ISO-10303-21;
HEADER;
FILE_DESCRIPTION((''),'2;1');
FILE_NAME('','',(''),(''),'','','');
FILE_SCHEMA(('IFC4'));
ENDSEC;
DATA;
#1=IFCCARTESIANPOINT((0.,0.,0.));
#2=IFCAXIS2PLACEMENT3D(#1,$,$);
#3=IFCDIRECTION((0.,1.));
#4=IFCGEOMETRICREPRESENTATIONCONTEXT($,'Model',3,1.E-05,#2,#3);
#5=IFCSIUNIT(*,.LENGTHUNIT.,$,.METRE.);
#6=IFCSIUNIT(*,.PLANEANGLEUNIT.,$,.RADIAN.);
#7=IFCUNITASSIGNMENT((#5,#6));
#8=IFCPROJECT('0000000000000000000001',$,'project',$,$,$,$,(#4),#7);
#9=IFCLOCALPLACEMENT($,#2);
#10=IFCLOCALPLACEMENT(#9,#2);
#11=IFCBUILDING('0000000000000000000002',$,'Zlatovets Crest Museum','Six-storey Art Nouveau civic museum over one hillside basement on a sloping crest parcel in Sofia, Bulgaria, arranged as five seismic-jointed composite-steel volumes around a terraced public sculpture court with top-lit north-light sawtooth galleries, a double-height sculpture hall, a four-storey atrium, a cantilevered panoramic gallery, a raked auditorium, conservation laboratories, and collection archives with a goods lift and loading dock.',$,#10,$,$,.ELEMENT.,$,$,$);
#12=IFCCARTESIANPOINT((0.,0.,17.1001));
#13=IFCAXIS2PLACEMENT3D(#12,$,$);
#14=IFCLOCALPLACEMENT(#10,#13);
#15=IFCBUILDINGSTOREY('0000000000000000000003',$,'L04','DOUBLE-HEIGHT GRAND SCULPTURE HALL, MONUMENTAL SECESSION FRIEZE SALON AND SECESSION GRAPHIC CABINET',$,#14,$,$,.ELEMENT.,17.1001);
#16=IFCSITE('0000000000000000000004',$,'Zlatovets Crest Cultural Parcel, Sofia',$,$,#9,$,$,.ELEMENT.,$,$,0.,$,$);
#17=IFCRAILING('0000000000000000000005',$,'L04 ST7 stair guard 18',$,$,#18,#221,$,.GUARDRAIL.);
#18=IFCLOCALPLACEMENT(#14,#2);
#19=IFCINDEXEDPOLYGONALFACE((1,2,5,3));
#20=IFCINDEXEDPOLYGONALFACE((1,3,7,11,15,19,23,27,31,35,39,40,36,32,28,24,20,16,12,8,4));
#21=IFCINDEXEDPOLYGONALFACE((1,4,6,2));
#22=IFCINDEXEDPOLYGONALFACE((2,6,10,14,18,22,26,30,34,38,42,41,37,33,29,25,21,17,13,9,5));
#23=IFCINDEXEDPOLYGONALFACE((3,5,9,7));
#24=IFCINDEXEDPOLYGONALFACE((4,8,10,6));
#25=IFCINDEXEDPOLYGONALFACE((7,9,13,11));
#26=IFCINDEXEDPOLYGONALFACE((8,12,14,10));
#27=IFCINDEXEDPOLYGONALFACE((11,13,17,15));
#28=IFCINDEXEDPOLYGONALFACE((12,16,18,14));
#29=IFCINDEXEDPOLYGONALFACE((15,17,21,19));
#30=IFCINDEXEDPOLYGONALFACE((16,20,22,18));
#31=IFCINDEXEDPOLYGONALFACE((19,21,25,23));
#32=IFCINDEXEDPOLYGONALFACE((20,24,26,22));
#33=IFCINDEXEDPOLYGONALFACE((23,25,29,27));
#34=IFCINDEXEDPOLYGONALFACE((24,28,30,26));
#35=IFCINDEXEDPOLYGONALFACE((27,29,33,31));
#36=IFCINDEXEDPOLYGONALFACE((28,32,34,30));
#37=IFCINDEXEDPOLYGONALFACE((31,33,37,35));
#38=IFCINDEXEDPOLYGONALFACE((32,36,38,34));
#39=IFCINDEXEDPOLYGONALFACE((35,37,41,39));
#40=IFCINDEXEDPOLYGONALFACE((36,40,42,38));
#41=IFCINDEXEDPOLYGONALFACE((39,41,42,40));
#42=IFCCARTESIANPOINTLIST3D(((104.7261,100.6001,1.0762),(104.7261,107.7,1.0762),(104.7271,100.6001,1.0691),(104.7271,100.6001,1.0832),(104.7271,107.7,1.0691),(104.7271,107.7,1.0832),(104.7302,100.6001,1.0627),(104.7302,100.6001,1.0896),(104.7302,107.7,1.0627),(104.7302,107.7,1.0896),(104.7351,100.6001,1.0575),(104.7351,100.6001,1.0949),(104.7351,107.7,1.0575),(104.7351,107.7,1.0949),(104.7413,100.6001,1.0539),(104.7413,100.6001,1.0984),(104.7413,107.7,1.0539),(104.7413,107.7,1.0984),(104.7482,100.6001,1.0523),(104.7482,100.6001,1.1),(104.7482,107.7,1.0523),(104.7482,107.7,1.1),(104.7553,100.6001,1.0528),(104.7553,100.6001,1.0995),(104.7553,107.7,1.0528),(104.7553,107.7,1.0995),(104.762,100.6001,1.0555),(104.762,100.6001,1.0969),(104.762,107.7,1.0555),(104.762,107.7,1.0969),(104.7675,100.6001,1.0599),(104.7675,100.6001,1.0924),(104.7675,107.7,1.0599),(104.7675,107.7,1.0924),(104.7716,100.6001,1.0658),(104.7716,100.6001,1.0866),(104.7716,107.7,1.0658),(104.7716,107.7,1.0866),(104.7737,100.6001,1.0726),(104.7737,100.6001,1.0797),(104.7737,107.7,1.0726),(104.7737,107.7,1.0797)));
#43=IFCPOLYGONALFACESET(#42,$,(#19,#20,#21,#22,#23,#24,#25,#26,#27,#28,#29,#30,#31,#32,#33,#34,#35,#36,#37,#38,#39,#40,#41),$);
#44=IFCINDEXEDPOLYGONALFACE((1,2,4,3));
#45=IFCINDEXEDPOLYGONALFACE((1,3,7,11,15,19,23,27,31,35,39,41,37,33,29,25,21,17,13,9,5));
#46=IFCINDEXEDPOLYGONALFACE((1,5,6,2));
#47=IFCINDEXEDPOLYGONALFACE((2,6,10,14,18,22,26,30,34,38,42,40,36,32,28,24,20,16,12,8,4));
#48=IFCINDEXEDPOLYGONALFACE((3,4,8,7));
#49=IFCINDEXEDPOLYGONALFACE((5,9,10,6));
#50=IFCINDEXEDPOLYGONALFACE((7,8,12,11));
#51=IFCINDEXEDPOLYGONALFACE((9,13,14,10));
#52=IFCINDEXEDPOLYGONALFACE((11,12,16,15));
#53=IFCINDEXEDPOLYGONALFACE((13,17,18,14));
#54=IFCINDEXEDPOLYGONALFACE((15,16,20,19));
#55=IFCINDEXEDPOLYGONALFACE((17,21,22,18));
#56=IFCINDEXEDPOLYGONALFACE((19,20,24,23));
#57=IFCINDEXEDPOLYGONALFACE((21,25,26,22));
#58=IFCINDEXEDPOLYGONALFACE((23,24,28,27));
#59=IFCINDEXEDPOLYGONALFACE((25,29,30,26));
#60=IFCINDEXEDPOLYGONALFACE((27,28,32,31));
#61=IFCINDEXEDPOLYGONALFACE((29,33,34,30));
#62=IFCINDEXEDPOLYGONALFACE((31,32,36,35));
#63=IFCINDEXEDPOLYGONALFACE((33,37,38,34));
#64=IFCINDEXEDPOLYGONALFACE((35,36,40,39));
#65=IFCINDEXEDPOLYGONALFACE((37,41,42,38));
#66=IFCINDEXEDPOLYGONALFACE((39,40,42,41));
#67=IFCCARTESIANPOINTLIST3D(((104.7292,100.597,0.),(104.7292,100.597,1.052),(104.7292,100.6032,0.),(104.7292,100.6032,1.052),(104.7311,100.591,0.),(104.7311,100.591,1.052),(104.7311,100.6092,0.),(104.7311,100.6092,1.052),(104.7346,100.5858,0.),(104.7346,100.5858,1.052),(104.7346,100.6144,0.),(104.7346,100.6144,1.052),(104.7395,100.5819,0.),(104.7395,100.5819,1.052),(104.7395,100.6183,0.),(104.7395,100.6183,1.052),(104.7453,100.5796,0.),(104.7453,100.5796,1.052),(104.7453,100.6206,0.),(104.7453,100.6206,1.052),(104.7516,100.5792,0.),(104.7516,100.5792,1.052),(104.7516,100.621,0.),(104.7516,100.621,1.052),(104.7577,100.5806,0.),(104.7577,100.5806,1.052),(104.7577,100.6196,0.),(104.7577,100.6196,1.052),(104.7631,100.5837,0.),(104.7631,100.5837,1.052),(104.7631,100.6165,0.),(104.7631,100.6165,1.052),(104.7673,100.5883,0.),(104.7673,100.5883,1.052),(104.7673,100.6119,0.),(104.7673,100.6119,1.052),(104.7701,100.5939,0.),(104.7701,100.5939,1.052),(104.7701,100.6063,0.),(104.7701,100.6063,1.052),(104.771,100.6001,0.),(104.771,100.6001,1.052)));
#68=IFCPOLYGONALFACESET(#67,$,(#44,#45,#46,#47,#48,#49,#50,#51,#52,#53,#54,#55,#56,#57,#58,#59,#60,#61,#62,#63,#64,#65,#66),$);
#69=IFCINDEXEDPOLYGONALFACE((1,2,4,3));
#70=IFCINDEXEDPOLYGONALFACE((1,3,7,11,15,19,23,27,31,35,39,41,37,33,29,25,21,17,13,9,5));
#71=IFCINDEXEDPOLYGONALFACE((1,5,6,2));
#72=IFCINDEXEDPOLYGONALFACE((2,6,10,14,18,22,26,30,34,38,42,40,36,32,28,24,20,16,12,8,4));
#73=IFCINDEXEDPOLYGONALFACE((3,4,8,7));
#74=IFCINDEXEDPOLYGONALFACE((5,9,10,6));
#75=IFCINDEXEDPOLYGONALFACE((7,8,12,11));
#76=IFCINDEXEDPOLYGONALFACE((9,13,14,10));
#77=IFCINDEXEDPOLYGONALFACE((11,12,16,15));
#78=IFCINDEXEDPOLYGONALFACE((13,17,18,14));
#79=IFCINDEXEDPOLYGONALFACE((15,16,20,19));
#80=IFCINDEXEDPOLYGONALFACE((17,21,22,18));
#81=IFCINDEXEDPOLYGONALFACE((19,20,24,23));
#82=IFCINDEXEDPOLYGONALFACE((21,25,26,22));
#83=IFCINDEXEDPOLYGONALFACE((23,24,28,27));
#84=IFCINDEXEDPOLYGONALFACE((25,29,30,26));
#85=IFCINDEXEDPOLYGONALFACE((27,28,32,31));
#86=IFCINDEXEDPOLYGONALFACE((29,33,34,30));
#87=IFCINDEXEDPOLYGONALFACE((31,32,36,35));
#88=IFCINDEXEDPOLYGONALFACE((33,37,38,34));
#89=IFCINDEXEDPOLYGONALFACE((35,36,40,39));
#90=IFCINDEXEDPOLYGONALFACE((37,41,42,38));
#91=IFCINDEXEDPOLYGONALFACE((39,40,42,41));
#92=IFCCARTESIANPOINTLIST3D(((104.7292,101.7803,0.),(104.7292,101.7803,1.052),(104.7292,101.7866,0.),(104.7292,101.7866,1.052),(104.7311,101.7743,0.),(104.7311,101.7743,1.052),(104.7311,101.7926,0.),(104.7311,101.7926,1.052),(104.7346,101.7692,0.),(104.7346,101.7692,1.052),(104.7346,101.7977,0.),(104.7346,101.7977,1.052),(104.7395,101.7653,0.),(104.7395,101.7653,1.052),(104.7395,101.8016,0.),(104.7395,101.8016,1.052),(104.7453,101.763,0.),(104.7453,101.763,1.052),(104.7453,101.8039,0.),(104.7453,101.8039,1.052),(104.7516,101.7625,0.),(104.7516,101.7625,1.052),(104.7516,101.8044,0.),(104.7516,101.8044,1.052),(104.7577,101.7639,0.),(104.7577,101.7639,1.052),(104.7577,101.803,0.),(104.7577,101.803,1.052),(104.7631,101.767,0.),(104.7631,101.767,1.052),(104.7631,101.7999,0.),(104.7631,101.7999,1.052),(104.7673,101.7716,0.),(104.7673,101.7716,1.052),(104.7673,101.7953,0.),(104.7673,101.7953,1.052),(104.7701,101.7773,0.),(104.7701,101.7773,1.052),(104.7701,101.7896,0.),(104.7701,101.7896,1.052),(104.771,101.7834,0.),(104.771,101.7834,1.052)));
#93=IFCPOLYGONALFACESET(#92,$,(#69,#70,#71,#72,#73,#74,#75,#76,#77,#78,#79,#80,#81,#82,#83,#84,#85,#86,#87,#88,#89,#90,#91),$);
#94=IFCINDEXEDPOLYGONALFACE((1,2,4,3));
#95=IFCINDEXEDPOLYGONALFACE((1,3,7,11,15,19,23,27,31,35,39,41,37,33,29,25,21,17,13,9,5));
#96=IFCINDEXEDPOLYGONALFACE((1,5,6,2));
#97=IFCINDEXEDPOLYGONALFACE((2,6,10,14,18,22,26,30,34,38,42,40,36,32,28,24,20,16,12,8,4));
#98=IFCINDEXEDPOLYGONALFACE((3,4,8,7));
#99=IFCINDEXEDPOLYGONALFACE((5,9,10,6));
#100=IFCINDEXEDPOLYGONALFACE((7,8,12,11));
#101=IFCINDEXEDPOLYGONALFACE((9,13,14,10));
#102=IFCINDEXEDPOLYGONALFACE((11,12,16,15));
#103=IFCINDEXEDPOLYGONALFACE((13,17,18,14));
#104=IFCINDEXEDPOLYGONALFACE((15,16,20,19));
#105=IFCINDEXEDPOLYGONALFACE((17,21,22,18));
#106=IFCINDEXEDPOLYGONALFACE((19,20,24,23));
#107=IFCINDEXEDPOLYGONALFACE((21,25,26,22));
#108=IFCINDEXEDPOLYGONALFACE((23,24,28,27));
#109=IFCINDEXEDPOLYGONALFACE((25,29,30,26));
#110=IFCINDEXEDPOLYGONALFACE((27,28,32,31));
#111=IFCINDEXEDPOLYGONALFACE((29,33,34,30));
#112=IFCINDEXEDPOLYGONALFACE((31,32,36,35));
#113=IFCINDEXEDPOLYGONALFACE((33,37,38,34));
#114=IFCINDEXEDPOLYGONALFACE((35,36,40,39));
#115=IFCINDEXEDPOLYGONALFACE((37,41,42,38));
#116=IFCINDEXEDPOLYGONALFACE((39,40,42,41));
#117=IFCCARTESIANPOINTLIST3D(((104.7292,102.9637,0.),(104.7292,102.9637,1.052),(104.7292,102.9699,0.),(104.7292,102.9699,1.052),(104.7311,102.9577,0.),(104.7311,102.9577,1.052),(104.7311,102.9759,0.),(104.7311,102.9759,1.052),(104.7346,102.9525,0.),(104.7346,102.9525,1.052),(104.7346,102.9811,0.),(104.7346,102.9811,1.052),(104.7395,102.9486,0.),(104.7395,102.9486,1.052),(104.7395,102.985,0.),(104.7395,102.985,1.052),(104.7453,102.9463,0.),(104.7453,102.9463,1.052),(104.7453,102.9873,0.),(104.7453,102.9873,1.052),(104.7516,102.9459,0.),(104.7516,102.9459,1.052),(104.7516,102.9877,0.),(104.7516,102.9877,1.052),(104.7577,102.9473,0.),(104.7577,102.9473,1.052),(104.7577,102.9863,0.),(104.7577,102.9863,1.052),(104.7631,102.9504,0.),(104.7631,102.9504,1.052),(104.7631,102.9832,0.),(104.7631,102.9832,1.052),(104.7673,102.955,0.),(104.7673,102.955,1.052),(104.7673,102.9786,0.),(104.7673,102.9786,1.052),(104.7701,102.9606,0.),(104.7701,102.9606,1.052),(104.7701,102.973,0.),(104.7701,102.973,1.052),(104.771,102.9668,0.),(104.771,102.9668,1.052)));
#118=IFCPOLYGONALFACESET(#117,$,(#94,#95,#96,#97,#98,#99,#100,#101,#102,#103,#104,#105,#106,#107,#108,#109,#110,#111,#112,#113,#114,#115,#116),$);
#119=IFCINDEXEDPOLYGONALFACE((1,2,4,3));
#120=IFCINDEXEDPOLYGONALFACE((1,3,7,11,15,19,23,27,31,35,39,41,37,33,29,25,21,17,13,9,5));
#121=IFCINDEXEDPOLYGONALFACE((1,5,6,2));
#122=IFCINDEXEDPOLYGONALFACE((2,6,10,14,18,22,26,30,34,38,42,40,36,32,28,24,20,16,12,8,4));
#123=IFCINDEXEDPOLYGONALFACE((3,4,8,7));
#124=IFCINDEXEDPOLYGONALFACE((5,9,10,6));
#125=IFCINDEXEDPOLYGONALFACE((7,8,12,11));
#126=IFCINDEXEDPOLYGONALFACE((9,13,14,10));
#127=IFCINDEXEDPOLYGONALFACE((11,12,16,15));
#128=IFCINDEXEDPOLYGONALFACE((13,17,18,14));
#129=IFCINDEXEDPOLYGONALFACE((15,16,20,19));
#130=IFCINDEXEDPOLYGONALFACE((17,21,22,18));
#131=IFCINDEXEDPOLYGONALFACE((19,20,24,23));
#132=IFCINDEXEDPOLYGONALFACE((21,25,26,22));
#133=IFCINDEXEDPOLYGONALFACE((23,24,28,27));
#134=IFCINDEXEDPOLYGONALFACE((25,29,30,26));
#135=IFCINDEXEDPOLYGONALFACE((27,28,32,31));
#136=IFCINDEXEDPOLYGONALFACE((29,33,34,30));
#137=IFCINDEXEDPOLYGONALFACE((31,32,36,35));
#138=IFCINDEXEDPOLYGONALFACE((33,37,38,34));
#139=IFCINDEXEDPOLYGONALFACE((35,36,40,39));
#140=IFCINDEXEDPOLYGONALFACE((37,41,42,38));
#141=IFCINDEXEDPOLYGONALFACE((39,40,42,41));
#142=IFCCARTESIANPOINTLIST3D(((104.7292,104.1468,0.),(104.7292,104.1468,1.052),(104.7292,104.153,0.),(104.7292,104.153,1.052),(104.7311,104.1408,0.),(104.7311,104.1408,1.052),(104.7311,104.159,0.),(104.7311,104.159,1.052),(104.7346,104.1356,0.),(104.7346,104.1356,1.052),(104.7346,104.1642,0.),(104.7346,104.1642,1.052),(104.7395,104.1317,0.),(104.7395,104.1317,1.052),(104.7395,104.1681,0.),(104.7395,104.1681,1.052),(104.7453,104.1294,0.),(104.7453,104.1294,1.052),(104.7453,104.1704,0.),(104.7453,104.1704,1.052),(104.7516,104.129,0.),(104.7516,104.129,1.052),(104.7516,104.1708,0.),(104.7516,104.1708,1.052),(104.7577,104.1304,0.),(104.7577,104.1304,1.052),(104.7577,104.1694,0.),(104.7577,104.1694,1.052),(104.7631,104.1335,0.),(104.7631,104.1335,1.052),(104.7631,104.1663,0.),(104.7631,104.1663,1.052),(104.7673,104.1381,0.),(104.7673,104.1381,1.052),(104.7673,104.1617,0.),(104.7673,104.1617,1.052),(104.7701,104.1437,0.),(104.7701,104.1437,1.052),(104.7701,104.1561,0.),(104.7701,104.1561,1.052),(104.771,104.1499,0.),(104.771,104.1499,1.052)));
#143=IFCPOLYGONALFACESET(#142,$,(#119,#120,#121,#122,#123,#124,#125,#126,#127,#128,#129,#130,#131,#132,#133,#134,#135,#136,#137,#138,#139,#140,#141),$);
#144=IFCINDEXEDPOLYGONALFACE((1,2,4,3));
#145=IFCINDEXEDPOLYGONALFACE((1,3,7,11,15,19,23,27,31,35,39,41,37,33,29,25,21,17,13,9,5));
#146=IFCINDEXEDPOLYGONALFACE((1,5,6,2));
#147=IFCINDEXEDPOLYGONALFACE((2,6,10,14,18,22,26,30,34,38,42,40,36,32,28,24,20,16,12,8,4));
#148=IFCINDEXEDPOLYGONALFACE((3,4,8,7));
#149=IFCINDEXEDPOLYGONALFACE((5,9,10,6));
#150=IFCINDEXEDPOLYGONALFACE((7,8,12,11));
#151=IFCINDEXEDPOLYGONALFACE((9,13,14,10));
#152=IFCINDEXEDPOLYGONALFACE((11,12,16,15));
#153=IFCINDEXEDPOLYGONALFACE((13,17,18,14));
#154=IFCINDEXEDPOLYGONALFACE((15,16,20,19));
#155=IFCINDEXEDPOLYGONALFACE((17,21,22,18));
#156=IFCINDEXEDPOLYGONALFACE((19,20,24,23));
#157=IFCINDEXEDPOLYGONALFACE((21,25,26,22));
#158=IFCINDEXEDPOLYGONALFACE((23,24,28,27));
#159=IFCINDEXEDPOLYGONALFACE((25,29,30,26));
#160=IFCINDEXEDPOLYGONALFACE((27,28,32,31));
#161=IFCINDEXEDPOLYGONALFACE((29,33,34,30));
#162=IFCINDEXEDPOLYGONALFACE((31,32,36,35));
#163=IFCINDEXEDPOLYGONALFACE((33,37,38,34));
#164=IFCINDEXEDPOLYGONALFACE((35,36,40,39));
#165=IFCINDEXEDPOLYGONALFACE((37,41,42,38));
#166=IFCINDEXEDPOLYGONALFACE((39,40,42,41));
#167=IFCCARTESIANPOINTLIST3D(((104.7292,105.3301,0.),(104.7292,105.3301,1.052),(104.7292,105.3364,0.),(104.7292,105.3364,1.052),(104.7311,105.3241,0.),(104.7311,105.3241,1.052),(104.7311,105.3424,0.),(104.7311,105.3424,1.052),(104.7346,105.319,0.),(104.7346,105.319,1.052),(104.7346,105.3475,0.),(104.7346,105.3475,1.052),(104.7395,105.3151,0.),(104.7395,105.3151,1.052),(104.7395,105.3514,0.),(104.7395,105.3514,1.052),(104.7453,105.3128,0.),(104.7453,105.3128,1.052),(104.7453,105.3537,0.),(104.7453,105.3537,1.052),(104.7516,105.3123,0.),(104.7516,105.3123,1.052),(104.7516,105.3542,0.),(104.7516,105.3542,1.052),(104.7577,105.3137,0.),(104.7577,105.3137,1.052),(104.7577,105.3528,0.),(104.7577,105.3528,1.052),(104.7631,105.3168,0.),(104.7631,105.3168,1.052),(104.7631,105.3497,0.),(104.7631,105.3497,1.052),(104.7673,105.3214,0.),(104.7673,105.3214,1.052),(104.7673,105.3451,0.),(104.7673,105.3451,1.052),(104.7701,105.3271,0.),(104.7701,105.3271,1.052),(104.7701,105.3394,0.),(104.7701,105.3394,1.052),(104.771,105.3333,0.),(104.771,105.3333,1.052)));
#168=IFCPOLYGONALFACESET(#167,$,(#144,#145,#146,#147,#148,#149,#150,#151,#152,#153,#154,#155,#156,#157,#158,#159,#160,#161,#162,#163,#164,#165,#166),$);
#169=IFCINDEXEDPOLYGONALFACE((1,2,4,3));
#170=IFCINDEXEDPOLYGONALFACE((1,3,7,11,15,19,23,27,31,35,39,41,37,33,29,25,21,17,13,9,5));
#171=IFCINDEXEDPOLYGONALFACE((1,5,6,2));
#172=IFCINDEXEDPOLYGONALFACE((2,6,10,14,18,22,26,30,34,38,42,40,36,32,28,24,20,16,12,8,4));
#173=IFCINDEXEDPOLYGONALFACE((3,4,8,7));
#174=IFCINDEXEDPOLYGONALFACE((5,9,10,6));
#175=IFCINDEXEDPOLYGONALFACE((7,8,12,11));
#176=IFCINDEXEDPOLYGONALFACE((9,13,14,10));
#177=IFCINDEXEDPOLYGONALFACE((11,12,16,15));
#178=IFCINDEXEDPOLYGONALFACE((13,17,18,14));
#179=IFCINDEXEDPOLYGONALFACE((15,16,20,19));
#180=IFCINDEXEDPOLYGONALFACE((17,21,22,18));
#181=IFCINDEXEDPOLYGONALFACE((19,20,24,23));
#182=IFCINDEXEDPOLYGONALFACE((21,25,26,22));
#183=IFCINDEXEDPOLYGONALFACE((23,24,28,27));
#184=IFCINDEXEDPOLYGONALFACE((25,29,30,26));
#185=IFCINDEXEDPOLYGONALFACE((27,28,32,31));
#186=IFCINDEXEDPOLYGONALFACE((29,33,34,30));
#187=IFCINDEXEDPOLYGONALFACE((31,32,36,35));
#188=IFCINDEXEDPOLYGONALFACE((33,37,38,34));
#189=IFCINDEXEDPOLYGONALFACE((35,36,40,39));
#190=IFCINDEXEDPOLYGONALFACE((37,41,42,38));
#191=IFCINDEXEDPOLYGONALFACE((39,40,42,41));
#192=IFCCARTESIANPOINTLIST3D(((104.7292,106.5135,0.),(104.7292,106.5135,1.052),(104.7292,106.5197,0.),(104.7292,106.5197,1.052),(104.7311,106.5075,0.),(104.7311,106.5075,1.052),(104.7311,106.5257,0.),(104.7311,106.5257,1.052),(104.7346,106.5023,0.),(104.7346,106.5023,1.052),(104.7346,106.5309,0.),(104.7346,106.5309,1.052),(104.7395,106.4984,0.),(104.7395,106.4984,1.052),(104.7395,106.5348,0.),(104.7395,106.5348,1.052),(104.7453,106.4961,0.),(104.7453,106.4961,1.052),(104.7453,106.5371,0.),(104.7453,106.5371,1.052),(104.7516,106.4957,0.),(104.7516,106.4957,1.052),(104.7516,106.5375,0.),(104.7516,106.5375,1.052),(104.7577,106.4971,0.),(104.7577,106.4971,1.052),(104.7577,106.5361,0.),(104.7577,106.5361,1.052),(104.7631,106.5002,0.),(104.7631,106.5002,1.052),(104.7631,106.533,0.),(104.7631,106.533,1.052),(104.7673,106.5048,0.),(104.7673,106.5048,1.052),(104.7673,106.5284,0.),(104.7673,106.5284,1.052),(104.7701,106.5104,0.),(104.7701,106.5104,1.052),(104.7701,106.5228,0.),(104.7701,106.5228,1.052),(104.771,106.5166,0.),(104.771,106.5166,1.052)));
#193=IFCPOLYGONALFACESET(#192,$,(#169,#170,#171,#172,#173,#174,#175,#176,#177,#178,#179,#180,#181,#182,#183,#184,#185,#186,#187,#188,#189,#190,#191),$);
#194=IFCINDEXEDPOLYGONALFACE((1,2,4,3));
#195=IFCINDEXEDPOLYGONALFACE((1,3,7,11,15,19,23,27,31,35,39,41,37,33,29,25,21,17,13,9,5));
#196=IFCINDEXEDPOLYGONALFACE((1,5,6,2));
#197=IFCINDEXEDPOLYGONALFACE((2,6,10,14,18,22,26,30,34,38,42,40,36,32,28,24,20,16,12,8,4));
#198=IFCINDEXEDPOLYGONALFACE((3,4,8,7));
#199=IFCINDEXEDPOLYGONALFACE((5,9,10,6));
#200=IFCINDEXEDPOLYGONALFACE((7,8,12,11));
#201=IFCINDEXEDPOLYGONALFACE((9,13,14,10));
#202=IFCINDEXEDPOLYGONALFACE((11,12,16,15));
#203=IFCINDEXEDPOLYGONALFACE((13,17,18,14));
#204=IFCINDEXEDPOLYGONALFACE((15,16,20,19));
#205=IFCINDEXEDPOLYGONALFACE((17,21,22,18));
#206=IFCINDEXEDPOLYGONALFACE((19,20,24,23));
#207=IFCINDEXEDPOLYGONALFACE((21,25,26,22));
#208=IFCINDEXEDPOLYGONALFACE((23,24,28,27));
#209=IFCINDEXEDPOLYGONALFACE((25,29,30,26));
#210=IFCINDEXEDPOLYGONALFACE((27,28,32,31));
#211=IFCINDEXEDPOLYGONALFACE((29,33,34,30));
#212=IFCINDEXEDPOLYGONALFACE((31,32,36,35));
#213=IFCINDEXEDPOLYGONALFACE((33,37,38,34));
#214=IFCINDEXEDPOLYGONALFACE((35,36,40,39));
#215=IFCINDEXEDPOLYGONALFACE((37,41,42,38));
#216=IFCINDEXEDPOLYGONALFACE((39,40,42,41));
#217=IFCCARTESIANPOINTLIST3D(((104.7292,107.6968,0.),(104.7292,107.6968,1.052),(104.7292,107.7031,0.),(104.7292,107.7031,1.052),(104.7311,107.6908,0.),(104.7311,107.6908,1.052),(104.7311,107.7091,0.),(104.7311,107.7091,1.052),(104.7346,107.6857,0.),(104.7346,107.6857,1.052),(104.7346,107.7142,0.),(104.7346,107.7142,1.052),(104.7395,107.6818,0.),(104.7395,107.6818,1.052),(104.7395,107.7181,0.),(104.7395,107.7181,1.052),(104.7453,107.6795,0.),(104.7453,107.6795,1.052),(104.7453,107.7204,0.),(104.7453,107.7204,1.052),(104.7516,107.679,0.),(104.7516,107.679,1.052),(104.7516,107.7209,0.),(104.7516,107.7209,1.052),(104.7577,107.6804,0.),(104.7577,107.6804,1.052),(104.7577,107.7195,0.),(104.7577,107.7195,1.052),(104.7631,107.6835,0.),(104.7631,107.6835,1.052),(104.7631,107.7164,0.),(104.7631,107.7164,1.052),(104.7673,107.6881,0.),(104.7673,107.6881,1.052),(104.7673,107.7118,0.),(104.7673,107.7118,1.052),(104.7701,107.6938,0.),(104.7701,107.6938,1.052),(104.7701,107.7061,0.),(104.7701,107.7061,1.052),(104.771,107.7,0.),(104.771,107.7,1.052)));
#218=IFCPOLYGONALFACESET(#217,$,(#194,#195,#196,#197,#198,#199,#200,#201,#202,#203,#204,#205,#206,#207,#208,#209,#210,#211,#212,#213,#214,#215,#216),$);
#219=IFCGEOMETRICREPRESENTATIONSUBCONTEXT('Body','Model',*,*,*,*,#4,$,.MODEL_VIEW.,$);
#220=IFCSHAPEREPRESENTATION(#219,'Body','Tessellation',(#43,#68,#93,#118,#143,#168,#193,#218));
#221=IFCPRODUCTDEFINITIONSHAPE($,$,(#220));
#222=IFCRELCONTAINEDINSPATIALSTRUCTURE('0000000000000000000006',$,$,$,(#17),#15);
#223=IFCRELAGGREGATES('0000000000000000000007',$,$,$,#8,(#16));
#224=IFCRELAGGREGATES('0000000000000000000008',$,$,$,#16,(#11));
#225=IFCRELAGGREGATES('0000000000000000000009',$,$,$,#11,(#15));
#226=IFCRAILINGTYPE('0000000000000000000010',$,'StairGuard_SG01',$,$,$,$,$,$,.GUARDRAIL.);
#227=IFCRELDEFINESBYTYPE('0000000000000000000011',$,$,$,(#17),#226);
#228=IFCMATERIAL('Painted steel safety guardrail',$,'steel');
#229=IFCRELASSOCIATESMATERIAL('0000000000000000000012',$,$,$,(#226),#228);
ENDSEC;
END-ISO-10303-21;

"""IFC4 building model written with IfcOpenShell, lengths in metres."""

from ifc_helpers import new_model, si_unit, direction, frame, origin, origin_2d, place, context, subcontext, project, spatial, circle, extrude, material, type_object, element, save


model = new_model("IFC4")

# Units and contexts
model_context = context("Model", 3, precision=1e-05, world=origin(), true_north=direction((0.0, 1.0)))
body_context = subcontext(model_context, "Body", "Model", "MODEL_VIEW")
ifc_project = project(units=[si_unit("LENGTHUNIT", "METRE"), si_unit("PLANEANGLEUNIT", "RADIAN")], contexts=[model_context])

# Site, building, storey
site_placement = place(None, origin())
site = spatial("IfcSite", under=ifc_project, at=site_placement, Name="Zlatovets Crest Cultural Parcel, Sofia", CompositionType="ELEMENT", RefElevation=0.0)
building_placement = place(site_placement, origin())
building = spatial("IfcBuilding", under=site, at=building_placement, Name="Zlatovets Crest Museum", Description="Six-storey Art Nouveau civic museum over one hillside basement on a sloping crest parcel in Sofia, Bulgaria, arranged as five seismic-jointed composite-steel volumes around a terraced public sculpture court with top-lit north-light sawtooth galleries, a double-height sculpture hall, a four-storey atrium, a cantilevered panoramic gallery, a raked auditorium, conservation laboratories, and collection archives with a goods lift and loading dock.", CompositionType="ELEMENT")
storey_placement = place(building_placement, frame((0.0, 0.0, 17.1001)))
storey = spatial("IfcBuildingStorey", under=building, at=storey_placement, Name="L04", Description="DOUBLE-HEIGHT GRAND SCULPTURE HALL, MONUMENTAL SECESSION FRIEZE SALON AND SECESSION GRAPHIC CABINET", CompositionType="ELEMENT", Elevation=17.1001)

# Railing
ifc_material_1 = material(Name="Painted steel safety guardrail", Category="steel")
railing_type_1 = type_object("IfcRailingType", Name="StairGuard_SG01", PredefinedType="GUARDRAIL", material=ifc_material_1)
railing_1_placement = place(storey_placement, frame((104.75, 100.6001, 0.0)))
element("IfcRailing", 1, at=railing_1_placement, inside=storey, type_object=railing_type_1, Name="L04 ST7 stair guard 18", PredefinedType="GUARDRAIL", context=body_context, shape_type="SweptSolid", body=[
    extrude(circle(Radius=0.0239, at=origin_2d()), frame((0.0, 0.0, 1.0762), z_axis=(0.0, 1.0, 0.0), x_axis=(-1.0, 0.0, 0.0)), (0.0, 0.0, 1.0), 7.0999),
    extrude(circle(Radius=0.021, at=origin_2d()), origin(), (0.0, 0.0, 1.0), 1.052),
    extrude(circle(Radius=0.021, at=origin_2d()), frame((0.0, 1.1833, 0.0)), (0.0, 0.0, 1.0), 1.052),
    extrude(circle(Radius=0.021, at=origin_2d()), frame((0.0, 2.3667, 0.0)), (0.0, 0.0, 1.0), 1.052),
    extrude(circle(Radius=0.021, at=origin_2d()), frame((0.0, 3.5498, 0.0)), (0.0, 0.0, 1.0), 1.052),
    extrude(circle(Radius=0.021, at=origin_2d()), frame((0.0, 4.7332, 0.0)), (0.0, 0.0, 1.0), 1.052),
    extrude(circle(Radius=0.021, at=origin_2d()), frame((0.0, 5.9165, 0.0)), (0.0, 0.0, 1.0), 1.052),
    extrude(circle(Radius=0.021, at=origin_2d()), frame((0.0, 7.0999, 0.0)), (0.0, 0.0, 1.0), 1.052),
])

save(model, "model.ifc")
